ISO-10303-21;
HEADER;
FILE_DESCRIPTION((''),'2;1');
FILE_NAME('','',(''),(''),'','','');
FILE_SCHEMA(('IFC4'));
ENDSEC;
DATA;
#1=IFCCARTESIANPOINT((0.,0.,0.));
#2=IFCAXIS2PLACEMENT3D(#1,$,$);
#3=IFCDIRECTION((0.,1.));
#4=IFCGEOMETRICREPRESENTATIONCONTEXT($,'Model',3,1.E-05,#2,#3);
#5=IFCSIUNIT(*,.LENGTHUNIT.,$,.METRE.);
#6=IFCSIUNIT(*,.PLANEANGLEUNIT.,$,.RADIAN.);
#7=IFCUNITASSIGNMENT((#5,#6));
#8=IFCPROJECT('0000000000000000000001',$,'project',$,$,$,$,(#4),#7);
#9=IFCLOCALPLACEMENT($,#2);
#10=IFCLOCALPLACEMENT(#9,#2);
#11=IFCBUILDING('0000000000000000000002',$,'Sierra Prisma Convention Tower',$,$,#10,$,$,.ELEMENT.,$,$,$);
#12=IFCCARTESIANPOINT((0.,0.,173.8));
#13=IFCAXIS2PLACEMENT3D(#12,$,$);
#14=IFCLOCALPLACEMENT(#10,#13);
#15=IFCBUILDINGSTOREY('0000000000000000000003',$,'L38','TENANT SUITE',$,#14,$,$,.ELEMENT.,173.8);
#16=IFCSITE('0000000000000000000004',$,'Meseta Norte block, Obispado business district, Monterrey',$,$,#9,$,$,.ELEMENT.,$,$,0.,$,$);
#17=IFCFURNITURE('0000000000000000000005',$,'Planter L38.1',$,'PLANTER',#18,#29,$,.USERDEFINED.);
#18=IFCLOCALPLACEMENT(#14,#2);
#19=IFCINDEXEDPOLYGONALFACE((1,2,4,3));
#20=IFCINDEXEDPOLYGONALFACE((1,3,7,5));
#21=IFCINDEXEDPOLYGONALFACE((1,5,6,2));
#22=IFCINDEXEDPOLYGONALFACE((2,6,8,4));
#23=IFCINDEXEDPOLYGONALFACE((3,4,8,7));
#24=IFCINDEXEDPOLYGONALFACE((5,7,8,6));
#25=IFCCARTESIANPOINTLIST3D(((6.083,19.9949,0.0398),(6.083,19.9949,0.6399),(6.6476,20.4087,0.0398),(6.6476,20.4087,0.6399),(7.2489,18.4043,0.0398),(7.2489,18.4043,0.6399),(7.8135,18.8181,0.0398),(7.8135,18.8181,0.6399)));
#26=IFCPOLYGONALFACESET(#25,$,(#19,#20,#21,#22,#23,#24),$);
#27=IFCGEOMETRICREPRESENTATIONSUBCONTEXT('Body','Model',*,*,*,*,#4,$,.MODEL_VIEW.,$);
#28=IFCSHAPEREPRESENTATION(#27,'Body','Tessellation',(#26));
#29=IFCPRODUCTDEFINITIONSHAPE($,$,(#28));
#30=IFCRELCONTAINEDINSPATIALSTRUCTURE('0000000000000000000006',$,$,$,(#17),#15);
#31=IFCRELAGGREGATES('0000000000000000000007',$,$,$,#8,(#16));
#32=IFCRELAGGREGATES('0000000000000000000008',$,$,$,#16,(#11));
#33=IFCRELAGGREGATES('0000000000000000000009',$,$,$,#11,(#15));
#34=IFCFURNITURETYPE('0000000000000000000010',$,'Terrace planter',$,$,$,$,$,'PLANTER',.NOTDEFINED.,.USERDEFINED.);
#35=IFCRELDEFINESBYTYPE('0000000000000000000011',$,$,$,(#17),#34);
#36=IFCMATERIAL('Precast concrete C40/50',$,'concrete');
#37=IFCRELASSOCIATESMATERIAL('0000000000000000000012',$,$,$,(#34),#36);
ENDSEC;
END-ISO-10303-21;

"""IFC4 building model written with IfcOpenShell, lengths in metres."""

from ifc_helpers import new_model, si_unit, direction, frame, origin, origin_2d, place, context, subcontext, project, spatial, rectangle, extrude, material, type_object, element, save


model = new_model("IFC4")

# Units and contexts
model_context = context("Model", 3, precision=1e-05, world=origin(), true_north=direction((0.0, 1.0)))
body_context = subcontext(model_context, "Body", "Model", "MODEL_VIEW")
ifc_project = project(units=[si_unit("LENGTHUNIT", "METRE"), si_unit("PLANEANGLEUNIT", "RADIAN")], contexts=[model_context])

# Site, building, storey
site_placement = place(None, origin())
site = spatial("IfcSite", under=ifc_project, at=site_placement, Name="Meseta Norte block, Obispado business district, Monterrey", CompositionType="ELEMENT", RefElevation=0.0)
building_placement = place(site_placement, origin())
building = spatial("IfcBuilding", under=site, at=building_placement, Name="Sierra Prisma Convention Tower", CompositionType="ELEMENT")
storey_placement = place(building_placement, frame((0.0, 0.0, 173.8)))
storey = spatial("IfcBuildingStorey", under=building, at=storey_placement, Name="L38", Description="TENANT SUITE", CompositionType="ELEMENT", Elevation=173.8)

# Furniture
ifc_material_1 = material(Name="Precast concrete C40/50", Category="concrete")
furniture_type = type_object("IfcFurnitureType", Name="Terrace planter", ElementType="PLANTER", AssemblyPlace="NOTDEFINED", PredefinedType="USERDEFINED", material=ifc_material_1)
furniture_placement = place(storey_placement, frame((6.9482, 19.4065, 0.0398), z_axis=(0.0, 0.0, 1.0), x_axis=(-0.591168, 0.806549, 0.0)))
element("IfcFurniture", 1, at=furniture_placement, inside=storey, type_object=furniture_type, Name="Planter L38.1", ObjectType="PLANTER", PredefinedType="USERDEFINED", context=body_context, shape_type="SweptSolid", body=[
    extrude(rectangle(XDim=1.9722, YDim=0.7, at=origin_2d()), origin(), (0.0, 0.0, 1.0), 0.6001),
])

save(model, "model.ifc")
